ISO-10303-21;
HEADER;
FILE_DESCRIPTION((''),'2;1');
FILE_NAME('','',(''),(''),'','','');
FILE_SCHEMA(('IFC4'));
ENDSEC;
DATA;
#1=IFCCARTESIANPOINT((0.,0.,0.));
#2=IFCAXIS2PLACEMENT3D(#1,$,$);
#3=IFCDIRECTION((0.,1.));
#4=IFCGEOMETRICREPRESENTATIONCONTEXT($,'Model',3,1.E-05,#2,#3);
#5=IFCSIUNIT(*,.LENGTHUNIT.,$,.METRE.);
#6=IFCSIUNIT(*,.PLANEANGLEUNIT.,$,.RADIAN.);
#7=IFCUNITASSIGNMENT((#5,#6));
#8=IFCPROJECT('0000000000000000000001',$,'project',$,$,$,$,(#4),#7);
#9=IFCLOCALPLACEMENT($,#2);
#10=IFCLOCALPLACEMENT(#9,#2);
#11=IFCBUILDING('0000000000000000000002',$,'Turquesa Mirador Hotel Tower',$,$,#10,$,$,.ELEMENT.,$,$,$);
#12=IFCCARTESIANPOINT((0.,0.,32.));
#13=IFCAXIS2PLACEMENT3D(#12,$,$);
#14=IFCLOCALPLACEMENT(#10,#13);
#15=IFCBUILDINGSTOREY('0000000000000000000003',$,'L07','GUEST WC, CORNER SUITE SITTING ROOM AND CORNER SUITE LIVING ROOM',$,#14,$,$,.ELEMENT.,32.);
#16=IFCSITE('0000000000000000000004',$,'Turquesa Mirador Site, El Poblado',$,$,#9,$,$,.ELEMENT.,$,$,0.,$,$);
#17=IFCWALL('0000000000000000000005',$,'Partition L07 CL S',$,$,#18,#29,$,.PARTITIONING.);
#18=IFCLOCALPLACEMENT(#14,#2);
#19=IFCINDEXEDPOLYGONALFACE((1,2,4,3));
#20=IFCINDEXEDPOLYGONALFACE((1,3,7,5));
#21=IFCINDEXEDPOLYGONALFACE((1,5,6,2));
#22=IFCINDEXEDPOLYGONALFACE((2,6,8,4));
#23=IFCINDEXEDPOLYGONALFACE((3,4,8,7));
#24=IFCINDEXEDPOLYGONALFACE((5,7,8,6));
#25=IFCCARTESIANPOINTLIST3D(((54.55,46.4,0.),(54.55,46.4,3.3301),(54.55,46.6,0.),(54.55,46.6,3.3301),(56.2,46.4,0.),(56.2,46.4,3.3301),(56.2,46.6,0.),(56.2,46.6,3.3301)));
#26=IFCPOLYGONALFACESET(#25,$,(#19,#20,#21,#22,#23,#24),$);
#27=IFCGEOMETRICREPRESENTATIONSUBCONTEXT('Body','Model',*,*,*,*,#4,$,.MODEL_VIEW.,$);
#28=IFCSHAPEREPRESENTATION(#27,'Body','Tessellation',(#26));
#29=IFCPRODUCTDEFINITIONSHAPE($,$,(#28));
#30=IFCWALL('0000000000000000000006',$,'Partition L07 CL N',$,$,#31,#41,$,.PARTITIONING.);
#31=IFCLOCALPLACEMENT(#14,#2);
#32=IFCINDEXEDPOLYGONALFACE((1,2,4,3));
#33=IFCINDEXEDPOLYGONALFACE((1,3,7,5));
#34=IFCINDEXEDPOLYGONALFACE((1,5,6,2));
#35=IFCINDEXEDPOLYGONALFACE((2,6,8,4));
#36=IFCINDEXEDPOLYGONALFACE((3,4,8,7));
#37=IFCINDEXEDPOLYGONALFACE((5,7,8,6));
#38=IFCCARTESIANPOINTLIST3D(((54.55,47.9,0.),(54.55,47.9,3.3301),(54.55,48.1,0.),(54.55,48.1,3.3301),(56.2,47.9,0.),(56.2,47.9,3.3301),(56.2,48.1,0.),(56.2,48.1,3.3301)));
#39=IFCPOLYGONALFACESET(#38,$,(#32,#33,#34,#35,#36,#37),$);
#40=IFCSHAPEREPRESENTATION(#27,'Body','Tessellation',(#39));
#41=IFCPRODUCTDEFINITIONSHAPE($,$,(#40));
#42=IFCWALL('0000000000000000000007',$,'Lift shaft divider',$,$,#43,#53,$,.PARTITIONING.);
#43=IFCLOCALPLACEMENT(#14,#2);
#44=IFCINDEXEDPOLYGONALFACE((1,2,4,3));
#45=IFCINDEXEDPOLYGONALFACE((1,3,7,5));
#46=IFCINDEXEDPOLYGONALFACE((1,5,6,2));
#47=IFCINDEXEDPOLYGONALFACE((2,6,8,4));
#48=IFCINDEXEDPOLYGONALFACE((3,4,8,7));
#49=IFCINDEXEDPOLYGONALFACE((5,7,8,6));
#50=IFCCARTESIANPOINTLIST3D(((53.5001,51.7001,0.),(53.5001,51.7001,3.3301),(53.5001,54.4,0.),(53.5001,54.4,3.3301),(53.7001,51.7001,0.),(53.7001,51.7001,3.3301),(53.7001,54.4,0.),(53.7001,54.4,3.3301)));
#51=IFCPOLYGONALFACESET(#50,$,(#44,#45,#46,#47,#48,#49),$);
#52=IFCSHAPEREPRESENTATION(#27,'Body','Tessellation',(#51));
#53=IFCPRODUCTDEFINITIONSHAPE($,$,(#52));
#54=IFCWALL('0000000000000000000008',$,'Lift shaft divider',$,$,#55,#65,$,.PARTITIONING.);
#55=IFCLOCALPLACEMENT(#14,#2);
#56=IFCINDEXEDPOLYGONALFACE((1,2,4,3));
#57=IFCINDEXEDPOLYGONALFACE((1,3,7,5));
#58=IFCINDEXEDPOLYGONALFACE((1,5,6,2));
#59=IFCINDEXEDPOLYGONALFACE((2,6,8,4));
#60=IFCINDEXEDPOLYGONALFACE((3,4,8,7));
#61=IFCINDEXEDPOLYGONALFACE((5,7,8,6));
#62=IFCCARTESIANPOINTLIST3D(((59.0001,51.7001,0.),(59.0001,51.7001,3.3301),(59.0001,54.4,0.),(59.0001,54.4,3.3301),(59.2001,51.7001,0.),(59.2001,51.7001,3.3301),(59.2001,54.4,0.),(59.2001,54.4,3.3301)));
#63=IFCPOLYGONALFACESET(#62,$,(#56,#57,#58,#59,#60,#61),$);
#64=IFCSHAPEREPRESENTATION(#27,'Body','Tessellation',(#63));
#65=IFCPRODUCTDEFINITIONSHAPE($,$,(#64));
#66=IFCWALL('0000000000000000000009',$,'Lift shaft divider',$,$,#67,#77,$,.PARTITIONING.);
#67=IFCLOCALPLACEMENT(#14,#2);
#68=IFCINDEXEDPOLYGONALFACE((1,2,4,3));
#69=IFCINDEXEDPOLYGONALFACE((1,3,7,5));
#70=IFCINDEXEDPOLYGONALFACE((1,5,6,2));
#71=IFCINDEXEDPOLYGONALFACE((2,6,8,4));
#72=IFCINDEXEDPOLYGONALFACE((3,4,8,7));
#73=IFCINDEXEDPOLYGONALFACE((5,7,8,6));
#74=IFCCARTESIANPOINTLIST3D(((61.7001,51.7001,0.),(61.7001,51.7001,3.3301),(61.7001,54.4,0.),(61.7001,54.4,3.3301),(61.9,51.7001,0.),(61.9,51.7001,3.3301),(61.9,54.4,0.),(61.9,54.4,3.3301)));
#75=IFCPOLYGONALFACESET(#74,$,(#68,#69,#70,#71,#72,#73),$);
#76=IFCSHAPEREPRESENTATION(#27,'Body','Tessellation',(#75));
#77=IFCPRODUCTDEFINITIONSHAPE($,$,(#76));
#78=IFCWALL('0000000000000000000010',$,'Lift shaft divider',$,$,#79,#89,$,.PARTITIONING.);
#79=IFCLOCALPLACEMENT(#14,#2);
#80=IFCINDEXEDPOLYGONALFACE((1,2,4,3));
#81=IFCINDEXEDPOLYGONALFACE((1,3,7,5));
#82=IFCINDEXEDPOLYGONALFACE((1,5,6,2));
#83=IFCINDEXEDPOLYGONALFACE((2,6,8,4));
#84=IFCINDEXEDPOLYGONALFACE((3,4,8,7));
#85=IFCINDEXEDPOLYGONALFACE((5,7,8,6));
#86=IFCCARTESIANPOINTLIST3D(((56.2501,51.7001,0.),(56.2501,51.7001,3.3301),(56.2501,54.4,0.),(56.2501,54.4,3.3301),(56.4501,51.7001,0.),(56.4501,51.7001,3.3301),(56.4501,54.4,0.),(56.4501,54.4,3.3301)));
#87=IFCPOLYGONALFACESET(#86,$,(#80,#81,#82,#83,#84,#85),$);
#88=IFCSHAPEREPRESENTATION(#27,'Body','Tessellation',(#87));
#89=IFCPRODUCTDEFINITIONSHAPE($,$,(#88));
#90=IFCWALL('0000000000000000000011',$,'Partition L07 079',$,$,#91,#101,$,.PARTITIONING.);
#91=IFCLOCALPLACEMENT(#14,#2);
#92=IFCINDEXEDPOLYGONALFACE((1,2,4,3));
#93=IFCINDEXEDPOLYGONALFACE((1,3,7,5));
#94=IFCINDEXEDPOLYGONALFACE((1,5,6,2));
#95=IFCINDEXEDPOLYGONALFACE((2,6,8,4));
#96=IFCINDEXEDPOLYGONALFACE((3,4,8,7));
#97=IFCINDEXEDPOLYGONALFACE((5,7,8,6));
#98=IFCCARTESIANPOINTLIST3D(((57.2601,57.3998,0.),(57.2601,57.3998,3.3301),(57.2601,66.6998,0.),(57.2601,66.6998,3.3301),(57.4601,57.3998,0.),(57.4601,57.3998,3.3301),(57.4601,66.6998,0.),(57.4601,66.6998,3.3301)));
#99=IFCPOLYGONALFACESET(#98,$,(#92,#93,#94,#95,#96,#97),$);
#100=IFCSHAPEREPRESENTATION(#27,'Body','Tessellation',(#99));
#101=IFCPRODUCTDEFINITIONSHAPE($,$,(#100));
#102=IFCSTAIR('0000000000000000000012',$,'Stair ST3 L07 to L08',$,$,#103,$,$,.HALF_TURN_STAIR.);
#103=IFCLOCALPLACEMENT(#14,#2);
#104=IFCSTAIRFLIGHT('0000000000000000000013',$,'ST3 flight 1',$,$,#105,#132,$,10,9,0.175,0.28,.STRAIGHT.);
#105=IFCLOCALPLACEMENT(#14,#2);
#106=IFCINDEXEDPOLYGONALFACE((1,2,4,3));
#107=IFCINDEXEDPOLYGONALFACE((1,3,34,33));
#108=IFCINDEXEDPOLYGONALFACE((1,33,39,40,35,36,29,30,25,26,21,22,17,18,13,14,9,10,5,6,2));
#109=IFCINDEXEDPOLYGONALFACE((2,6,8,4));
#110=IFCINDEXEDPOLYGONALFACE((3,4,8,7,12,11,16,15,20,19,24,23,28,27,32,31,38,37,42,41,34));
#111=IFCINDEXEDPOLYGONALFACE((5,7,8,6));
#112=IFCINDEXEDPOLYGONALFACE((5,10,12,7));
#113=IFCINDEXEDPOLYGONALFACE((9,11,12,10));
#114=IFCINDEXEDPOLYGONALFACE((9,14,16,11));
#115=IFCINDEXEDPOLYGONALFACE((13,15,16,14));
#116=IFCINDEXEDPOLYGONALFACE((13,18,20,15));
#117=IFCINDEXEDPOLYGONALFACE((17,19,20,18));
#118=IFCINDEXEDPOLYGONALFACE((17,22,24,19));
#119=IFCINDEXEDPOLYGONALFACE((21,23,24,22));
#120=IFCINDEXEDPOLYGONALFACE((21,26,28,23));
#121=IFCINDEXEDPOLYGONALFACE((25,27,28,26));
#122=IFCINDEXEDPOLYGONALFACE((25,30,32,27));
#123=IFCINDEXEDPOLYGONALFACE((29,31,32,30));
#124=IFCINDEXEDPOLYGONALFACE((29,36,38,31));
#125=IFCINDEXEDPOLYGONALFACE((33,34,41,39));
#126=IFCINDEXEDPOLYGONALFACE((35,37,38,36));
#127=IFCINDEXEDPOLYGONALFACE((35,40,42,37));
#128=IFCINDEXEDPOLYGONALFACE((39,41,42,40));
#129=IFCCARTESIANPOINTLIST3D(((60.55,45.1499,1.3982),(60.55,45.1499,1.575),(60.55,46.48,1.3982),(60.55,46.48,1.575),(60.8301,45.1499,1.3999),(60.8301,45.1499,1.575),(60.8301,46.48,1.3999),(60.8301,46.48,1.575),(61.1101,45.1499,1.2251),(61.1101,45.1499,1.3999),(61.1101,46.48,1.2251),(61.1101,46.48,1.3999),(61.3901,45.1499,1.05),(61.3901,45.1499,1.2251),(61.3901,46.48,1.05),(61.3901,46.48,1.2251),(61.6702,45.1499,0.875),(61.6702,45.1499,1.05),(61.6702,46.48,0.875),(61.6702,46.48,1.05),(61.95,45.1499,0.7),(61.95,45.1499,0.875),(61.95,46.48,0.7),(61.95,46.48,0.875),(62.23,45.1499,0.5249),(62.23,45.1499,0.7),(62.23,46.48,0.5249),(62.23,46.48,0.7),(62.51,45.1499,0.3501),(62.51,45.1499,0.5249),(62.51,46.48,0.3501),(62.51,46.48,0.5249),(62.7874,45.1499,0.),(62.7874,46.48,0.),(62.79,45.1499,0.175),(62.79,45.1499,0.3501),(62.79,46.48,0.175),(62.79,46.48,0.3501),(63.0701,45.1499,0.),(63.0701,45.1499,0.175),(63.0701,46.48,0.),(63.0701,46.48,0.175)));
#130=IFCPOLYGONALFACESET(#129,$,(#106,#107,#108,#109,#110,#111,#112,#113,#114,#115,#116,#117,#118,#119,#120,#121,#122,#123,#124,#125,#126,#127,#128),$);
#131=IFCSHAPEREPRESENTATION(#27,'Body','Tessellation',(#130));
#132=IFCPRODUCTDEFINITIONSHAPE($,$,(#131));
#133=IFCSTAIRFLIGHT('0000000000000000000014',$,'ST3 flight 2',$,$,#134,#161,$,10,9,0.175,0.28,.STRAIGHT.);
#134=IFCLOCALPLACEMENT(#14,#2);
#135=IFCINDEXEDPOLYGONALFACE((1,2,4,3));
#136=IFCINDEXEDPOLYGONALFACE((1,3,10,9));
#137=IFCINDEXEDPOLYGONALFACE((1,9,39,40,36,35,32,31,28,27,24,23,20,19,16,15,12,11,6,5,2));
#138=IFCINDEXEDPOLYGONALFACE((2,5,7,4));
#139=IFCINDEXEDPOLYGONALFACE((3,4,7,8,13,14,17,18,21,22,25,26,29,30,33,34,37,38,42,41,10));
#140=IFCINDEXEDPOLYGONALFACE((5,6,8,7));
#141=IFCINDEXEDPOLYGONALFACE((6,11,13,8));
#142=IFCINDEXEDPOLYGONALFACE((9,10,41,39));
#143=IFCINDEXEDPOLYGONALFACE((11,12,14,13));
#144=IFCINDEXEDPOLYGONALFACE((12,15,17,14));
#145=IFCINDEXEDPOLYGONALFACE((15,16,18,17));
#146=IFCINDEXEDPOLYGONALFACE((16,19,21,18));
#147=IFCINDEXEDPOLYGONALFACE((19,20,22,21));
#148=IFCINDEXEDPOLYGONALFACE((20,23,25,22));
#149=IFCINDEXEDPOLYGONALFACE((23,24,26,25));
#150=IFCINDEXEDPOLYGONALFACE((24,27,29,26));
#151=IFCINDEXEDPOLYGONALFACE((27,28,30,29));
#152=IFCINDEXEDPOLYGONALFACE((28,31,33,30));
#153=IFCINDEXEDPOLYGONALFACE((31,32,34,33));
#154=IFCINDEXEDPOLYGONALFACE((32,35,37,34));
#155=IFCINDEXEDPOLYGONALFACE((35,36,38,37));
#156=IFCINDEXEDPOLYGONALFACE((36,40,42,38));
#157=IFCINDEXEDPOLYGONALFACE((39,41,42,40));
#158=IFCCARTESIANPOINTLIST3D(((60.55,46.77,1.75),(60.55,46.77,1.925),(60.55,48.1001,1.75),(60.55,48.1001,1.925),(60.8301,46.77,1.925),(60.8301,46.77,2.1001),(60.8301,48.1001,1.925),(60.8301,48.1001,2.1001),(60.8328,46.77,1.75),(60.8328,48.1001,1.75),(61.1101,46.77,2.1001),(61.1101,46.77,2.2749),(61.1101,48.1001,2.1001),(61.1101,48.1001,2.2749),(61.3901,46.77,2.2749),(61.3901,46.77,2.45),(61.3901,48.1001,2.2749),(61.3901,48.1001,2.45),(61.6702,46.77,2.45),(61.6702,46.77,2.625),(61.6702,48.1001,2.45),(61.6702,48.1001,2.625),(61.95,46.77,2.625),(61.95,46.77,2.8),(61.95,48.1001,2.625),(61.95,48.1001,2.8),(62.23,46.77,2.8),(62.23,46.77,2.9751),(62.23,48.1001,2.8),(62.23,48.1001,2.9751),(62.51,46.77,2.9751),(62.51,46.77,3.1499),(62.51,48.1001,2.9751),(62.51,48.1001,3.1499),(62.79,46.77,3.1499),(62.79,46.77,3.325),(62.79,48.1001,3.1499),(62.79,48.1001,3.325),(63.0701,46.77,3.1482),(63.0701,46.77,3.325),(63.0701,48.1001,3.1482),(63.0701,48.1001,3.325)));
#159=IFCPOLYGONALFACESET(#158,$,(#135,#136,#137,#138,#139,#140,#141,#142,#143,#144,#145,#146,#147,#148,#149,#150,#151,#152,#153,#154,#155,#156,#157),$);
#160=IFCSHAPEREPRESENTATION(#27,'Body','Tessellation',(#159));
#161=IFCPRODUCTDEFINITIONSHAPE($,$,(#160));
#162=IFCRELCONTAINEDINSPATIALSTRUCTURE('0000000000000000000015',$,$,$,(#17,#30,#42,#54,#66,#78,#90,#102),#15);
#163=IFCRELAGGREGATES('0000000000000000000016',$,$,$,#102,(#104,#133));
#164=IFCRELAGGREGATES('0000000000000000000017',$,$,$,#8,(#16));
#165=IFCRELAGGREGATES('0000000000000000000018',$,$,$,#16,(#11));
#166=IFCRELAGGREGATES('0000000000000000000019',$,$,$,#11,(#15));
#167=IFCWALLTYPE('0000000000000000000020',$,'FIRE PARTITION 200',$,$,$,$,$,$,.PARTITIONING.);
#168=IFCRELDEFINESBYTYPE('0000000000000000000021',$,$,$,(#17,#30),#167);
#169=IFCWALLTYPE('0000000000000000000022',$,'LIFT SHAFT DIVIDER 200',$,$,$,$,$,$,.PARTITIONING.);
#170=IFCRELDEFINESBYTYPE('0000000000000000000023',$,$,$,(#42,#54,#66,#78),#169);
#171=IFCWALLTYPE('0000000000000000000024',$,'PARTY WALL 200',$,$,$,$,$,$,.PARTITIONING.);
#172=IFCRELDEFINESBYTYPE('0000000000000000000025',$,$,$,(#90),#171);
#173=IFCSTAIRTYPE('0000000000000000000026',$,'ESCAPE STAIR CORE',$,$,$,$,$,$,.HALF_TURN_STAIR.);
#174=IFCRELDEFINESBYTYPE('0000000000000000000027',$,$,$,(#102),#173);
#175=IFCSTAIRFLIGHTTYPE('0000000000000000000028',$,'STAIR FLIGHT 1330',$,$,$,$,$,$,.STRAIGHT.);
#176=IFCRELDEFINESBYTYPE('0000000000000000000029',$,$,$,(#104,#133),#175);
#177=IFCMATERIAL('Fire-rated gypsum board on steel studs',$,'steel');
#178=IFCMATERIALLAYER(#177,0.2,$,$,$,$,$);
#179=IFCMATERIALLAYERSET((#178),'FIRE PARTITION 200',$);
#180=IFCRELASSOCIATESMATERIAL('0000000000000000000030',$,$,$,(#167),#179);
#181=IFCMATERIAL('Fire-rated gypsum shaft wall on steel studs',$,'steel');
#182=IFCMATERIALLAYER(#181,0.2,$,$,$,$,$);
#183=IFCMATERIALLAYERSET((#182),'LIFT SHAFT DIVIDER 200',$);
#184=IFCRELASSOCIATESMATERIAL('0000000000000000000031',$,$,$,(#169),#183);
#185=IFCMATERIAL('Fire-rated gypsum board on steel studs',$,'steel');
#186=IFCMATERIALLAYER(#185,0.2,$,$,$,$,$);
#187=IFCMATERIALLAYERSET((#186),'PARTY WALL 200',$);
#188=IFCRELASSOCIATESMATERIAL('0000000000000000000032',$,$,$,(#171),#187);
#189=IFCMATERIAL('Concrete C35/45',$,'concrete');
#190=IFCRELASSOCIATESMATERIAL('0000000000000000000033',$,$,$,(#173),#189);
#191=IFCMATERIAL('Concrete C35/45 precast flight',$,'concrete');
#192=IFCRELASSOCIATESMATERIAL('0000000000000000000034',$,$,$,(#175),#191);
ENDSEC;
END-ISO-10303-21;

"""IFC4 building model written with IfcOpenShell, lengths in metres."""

from ifc_helpers import new_model, si_unit, direction, frame, frame_2d, origin, place, context, subcontext, project, spatial, polyline, rectangle, outline, extrude, material, layer, layer_set, type_object, element, aggregate, save


model = new_model("IFC4")

# Units and contexts
model_context = context("Model", 3, precision=1e-05, world=origin(), true_north=direction((0.0, 1.0)))
body_context = subcontext(model_context, "Body", "Model", "MODEL_VIEW")
ifc_project = project(units=[si_unit("LENGTHUNIT", "METRE"), si_unit("PLANEANGLEUNIT", "RADIAN")], contexts=[model_context])

# Site, building, storey
site_placement = place(None, origin())
site = spatial("IfcSite", under=ifc_project, at=site_placement, Name="Turquesa Mirador Site, El Poblado", CompositionType="ELEMENT", RefElevation=0.0)
building_placement = place(site_placement, origin())
building = spatial("IfcBuilding", under=site, at=building_placement, Name="Turquesa Mirador Hotel Tower", CompositionType="ELEMENT")
storey_placement = place(building_placement, frame((0.0, 0.0, 32.0)))
storey = spatial("IfcBuildingStorey", under=building, at=storey_placement, Name="L07", Description="GUEST WC, CORNER SUITE SITTING ROOM AND CORNER SUITE LIVING ROOM", CompositionType="ELEMENT", Elevation=32.0)

# Shared definitions
ifc_material_1 = material(Name="Fire-rated gypsum board on steel studs", Category="steel")
ifc_layer_1 = layer(ifc_material_1, 0.2)
ifc_layer_set_1 = layer_set([ifc_layer_1], Name="FIRE PARTITION 200")
wall_type_1 = type_object("IfcWallType", Name="FIRE PARTITION 200", PredefinedType="PARTITIONING", material=ifc_layer_set_1)

# Walls
for number, where, z_axis, x_axis, name in (
    (1, (54.55, 46.5, 0.0), (0.0, 0.0, 1.0), (1.0, 0.0, 0.0), "Partition L07 CL S"),
    (2, (54.55, 48.0, 0.0), (0.0, 0.0, 1.0), (1.0, 0.0, 0.0), "Partition L07 CL N"),
):
    element("IfcWall", number, at=place(storey_placement, frame(where, z_axis=z_axis, x_axis=x_axis)), inside=storey, type_object=wall_type_1, Name=name, PredefinedType="PARTITIONING", context=body_context, shape_type="SweptSolid", body=[
        extrude(rectangle(XDim=1.6499, YDim=0.2, at=frame_2d((0.825, 0.0))), origin(), (0.0, 0.0, 1.0), 3.3301),
    ])
ifc_material_2 = material(Name="Fire-rated gypsum shaft wall on steel studs", Category="steel")
ifc_layer_2 = layer(ifc_material_2, 0.2)
ifc_layer_set_2 = layer_set([ifc_layer_2], Name="LIFT SHAFT DIVIDER 200")
wall_type_2 = type_object("IfcWallType", Name="LIFT SHAFT DIVIDER 200", PredefinedType="PARTITIONING", material=ifc_layer_set_2)
for number, where, z_axis, x_axis, name in (
    (3, (53.6001, 51.7, 0.0), (0.0, 0.0, 1.0), (0.0, 1.0, 0.0), "Lift shaft divider"),
    (4, (59.1001, 51.7, 0.0), (0.0, 0.0, 1.0), (0.0, 1.0, 0.0), "Lift shaft divider"),
    (5, (61.8, 51.7, 0.0), (0.0, 0.0, 1.0), (0.0, 1.0, 0.0), "Lift shaft divider"),
    (6, (56.3501, 51.7, 0.0), (0.0, 0.0, 1.0), (0.0, 1.0, 0.0), "Lift shaft divider"),
):
    element("IfcWall", number, at=place(storey_placement, frame(where, z_axis=z_axis, x_axis=x_axis)), inside=storey, type_object=wall_type_2, Name=name, PredefinedType="PARTITIONING", context=body_context, shape_type="SweptSolid", body=[
        extrude(rectangle(XDim=2.7, YDim=0.2, at=frame_2d((1.3501, 0.0))), origin(), (0.0, 0.0, 1.0), 3.3301),
    ])
ifc_material_3 = material(Name="Fire-rated gypsum board on steel studs", Category="steel")
ifc_layer_3 = layer(ifc_material_3, 0.2)
ifc_layer_set_3 = layer_set([ifc_layer_3], Name="PARTY WALL 200")
wall_type_3 = type_object("IfcWallType", Name="PARTY WALL 200", PredefinedType="PARTITIONING", material=ifc_layer_set_3)
wall_1_placement = place(storey_placement, frame((57.3601, 57.3999, 0.0), z_axis=(0.0, 0.0, 1.0), x_axis=(0.0, 1.0, 0.0)))
element("IfcWall", 7, at=wall_1_placement, inside=storey, type_object=wall_type_3, Name="Partition L07 079", PredefinedType="PARTITIONING", context=body_context, shape_type="SweptSolid", body=[
    extrude(rectangle(XDim=9.3, YDim=0.2, at=frame_2d((4.6499, 0.0))), origin(), (0.0, 0.0, 1.0), 3.3301),
])

# Stair, stair flights
ifc_material_4 = material(Name="Concrete C35/45", Category="concrete")
stair_type = type_object("IfcStairType", Name="ESCAPE STAIR CORE", PredefinedType="HALF_TURN_STAIR", material=ifc_material_4)
stair_placement = place(storey_placement, origin())
stair = element("IfcStair", 8, at=stair_placement, inside=storey, type_object=stair_type, Name="Stair ST3 L07 to L08", PredefinedType="HALF_TURN_STAIR")
ifc_material_5 = material(Name="Concrete C35/45 precast flight", Category="concrete")
stair_flight_type = type_object("IfcStairFlightType", Name="STAIR FLIGHT 1330", PredefinedType="STRAIGHT", material=ifc_material_5)
stair_flight_1_placement = place(storey_placement, frame((63.0701, 45.8149, 0.0), z_axis=(0.0, 0.0, 1.0), x_axis=(-1.0, 0.0, 0.0)))
stair_flight_1 = element("IfcStairFlight", 9, at=stair_flight_1_placement, type_object=stair_flight_type, Name="ST3 flight 1", NumberOfRisers=10, NumberOfTreads=9, PredefinedType="STRAIGHT", RiserHeight=0.175, TreadLength=0.28, context=body_context, shape_type="SweptSolid", body=[
    extrude(outline(polyline([(0.0, 0.0), (0.0, 0.175), (0.28, 0.175), (0.28, 0.3501), (0.5601, 0.3501), (0.5601, 0.5249), (0.8401, 0.5249), (0.8401, 0.7), (1.1201, 0.7), (1.1201, 0.875), (1.3999, 0.875), (1.3999, 1.05), (1.6799, 1.05), (1.6799, 1.2251), (1.96, 1.2251), (1.96, 1.3999), (2.24, 1.3999), (2.24, 1.575), (2.52, 1.575), (2.52, 1.75), (2.52, 1.3982), (0.2827, 0.0), (0.0, 0.0)])), frame((0.0, 0.665, 0.0), z_axis=(0.0, -1.0, 0.0), x_axis=(1.0, 0.0, 0.0)), (0.0, 0.0, 1.0), 1.3301),
])
stair_flight_2_placement = place(storey_placement, frame((60.55, 47.4351, 1.75), z_axis=(0.0, 0.0, 1.0), x_axis=(1.0, 0.0, 0.0)))
stair_flight_2 = element("IfcStairFlight", 10, at=stair_flight_2_placement, type_object=stair_flight_type, Name="ST3 flight 2", NumberOfRisers=10, NumberOfTreads=9, PredefinedType="STRAIGHT", RiserHeight=0.175, TreadLength=0.28, context=body_context, shape_type="SweptSolid", body=[
    extrude(outline(polyline([(0.0, 0.0), (0.0, 0.175), (0.28, 0.175), (0.28, 0.3501), (0.5601, 0.3501), (0.5601, 0.5249), (0.8401, 0.5249), (0.8401, 0.7), (1.1201, 0.7), (1.1201, 0.875), (1.3999, 0.875), (1.3999, 1.05), (1.6799, 1.05), (1.6799, 1.2251), (1.96, 1.2251), (1.96, 1.3999), (2.24, 1.3999), (2.24, 1.575), (2.52, 1.575), (2.52, 1.75), (2.52, 1.3982), (0.2827, 0.0), (0.0, 0.0)])), frame((0.0, 0.665, 0.0), z_axis=(0.0, -1.0, 0.0), x_axis=(1.0, 0.0, 0.0)), (0.0, 0.0, 1.0), 1.3301),
])
aggregate(stair, [stair_flight_1, stair_flight_2])

save(model, "model.ifc")
